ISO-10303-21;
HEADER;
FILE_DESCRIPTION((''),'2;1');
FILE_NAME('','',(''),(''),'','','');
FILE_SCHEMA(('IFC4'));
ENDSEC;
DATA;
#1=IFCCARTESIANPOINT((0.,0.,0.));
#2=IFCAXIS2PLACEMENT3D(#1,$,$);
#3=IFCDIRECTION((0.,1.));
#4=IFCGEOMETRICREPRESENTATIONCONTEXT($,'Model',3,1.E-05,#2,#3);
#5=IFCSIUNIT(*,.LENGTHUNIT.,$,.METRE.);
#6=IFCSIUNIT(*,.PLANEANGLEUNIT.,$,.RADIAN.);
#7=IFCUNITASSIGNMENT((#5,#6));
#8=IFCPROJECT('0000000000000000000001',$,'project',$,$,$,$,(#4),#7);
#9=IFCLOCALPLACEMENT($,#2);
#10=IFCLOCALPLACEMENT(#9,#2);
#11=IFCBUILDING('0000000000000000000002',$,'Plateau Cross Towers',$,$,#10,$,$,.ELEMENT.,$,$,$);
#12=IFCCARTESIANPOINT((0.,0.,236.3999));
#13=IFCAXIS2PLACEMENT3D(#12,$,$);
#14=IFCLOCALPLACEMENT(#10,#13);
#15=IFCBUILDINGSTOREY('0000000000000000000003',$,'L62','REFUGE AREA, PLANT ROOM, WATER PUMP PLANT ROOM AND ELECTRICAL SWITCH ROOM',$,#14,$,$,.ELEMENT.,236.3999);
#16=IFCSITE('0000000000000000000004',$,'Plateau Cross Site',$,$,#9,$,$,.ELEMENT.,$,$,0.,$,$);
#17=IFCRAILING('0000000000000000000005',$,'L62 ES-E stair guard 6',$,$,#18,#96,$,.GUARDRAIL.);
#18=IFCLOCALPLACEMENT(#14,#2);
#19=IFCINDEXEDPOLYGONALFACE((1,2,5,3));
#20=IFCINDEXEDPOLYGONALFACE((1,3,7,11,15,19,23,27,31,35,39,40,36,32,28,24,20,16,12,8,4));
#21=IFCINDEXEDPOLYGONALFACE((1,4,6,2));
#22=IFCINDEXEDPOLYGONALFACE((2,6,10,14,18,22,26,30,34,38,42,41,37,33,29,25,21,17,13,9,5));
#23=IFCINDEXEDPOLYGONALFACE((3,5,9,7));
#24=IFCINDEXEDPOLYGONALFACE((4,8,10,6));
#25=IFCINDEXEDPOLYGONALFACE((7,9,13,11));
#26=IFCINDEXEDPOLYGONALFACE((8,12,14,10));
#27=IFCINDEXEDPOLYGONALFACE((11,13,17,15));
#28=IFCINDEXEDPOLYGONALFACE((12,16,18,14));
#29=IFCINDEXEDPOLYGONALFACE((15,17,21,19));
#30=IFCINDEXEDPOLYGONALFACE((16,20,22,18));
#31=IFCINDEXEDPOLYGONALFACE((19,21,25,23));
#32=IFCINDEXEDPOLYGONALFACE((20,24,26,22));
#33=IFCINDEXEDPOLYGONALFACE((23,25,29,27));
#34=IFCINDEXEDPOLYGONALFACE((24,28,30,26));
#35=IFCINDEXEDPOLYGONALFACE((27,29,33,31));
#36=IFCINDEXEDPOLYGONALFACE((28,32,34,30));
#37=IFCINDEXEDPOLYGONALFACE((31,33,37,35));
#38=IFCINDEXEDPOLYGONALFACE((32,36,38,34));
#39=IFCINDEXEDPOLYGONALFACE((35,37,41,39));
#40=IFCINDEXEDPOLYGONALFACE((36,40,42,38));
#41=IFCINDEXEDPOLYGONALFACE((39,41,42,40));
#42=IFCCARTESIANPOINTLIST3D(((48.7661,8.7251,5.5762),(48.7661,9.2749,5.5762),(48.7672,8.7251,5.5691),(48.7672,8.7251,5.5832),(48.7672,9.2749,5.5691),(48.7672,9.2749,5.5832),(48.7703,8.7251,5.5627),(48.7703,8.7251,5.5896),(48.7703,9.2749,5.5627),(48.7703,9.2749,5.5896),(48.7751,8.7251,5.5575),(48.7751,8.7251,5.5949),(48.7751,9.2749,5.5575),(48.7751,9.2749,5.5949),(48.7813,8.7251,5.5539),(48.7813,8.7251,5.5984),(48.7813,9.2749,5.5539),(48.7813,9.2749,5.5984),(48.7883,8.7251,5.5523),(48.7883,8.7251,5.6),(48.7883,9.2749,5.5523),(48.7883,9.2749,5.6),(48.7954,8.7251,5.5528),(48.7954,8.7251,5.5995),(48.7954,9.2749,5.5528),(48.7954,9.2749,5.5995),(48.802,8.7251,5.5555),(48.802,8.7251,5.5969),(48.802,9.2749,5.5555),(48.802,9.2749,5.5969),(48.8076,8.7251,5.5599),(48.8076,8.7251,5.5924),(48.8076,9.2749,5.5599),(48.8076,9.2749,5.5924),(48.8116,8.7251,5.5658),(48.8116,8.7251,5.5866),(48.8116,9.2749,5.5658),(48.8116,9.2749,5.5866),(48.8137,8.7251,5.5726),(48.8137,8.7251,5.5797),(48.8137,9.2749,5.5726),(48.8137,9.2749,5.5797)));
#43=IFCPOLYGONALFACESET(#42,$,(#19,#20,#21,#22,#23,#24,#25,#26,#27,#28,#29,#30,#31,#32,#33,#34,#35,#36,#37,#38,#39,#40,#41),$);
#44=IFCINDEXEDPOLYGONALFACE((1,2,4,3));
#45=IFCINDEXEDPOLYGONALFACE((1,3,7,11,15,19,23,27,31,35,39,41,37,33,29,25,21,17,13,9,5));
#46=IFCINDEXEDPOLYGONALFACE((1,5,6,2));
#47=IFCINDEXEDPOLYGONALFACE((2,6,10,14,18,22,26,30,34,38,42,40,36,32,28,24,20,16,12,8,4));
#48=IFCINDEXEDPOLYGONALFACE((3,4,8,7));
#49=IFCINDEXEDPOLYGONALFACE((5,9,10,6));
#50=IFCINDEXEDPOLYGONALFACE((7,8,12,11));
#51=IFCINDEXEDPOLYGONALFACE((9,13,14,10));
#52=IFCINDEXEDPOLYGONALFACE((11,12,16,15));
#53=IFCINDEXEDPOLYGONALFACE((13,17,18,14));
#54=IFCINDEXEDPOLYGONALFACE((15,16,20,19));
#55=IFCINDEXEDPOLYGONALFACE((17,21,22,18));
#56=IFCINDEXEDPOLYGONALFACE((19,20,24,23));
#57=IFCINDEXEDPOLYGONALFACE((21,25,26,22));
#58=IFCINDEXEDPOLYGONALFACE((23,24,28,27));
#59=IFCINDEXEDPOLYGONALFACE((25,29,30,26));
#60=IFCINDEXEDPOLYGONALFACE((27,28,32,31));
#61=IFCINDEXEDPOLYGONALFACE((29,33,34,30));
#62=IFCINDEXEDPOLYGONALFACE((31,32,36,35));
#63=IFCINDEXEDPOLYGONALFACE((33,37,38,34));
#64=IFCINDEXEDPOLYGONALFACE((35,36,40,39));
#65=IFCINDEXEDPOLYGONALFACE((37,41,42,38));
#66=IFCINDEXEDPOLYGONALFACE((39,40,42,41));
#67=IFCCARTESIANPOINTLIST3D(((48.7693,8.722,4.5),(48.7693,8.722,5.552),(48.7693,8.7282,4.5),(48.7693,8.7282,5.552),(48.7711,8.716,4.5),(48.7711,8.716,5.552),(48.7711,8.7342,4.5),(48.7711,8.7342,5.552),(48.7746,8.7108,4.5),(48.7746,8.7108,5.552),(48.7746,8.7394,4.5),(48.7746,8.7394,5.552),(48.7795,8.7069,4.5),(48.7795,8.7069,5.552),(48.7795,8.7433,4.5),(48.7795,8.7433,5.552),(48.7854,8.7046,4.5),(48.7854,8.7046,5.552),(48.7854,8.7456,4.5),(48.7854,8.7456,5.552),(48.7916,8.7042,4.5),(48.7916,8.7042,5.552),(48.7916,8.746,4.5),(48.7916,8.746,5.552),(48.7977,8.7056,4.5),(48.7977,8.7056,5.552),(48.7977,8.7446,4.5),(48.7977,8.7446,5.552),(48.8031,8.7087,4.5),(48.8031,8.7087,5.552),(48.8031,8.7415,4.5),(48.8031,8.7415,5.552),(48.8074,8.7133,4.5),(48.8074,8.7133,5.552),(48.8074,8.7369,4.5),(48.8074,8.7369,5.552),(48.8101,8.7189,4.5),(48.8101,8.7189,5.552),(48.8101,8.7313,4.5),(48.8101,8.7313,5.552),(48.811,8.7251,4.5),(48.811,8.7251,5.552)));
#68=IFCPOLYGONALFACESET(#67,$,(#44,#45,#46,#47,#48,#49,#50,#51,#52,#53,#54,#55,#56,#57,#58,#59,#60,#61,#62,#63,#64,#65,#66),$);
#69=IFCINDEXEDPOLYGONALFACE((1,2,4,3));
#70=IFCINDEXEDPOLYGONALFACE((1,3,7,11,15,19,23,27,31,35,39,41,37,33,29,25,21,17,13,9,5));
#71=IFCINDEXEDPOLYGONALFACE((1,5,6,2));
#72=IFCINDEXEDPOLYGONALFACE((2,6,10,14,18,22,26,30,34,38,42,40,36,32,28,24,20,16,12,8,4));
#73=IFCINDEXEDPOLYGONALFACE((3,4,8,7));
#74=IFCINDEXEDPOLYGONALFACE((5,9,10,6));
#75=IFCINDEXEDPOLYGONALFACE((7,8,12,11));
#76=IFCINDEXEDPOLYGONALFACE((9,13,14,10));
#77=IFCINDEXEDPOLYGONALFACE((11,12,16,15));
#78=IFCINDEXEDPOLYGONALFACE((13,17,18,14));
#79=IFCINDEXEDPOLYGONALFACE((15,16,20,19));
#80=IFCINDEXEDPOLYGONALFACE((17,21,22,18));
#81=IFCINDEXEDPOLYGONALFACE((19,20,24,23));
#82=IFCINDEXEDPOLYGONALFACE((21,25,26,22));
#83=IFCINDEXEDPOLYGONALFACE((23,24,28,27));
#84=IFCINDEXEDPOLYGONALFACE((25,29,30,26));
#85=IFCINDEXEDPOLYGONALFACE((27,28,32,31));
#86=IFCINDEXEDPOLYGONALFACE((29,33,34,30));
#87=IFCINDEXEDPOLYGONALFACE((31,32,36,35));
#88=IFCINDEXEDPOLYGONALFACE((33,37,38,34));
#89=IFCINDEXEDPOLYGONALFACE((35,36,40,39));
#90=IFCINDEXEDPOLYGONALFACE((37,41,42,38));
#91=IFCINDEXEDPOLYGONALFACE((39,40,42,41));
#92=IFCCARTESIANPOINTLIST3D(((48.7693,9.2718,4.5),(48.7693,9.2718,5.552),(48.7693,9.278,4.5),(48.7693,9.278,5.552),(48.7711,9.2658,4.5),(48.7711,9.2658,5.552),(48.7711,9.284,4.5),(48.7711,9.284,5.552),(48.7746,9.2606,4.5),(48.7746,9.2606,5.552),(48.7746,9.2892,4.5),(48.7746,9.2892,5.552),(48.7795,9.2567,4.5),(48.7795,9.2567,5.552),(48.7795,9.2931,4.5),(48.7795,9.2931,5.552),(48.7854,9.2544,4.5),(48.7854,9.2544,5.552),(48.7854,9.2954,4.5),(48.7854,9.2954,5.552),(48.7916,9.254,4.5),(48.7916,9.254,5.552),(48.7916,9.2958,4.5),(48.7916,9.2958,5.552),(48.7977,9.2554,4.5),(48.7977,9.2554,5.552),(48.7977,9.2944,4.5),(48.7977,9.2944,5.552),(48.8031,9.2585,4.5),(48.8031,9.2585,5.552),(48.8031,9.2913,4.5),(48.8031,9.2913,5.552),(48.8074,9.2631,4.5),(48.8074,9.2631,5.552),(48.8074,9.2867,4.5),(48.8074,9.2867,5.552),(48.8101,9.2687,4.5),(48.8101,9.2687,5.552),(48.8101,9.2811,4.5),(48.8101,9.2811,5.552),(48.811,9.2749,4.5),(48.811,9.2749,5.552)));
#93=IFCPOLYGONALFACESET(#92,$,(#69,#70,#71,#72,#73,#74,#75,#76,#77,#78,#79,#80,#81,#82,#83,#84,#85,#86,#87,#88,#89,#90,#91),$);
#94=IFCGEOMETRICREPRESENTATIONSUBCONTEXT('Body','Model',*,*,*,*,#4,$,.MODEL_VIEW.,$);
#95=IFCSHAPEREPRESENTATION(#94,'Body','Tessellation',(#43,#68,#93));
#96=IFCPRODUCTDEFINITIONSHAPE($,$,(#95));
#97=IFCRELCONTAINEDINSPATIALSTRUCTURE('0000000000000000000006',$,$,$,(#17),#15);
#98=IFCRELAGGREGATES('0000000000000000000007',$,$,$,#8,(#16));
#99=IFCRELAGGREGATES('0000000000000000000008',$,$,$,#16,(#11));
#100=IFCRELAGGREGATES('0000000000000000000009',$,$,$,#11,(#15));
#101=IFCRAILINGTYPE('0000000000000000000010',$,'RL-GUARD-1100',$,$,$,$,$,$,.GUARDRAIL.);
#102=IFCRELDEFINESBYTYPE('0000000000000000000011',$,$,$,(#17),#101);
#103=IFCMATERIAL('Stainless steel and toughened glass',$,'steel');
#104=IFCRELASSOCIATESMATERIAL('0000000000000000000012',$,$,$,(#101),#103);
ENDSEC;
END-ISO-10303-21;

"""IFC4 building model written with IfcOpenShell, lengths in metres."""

from ifc_helpers import new_model, si_unit, direction, frame, origin, origin_2d, place, context, subcontext, project, spatial, circle, extrude, material, type_object, element, save


model = new_model("IFC4")

# Units and contexts
model_context = context("Model", 3, precision=1e-05, world=origin(), true_north=direction((0.0, 1.0)))
body_context = subcontext(model_context, "Body", "Model", "MODEL_VIEW")
ifc_project = project(units=[si_unit("LENGTHUNIT", "METRE"), si_unit("PLANEANGLEUNIT", "RADIAN")], contexts=[model_context])

# Site, building, storey
site_placement = place(None, origin())
site = spatial("IfcSite", under=ifc_project, at=site_placement, Name="Plateau Cross Site", CompositionType="ELEMENT", RefElevation=0.0)
building_placement = place(site_placement, origin())
building = spatial("IfcBuilding", under=site, at=building_placement, Name="Plateau Cross Towers", CompositionType="ELEMENT")
storey_placement = place(building_placement, frame((0.0, 0.0, 236.3999)))
storey = spatial("IfcBuildingStorey", under=building, at=storey_placement, Name="L62", Description="REFUGE AREA, PLANT ROOM, WATER PUMP PLANT ROOM AND ELECTRICAL SWITCH ROOM", CompositionType="ELEMENT", Elevation=236.3999)

# Railing
ifc_material_1 = material(Name="Stainless steel and toughened glass", Category="steel")
railing_type_1 = type_object("IfcRailingType", Name="RL-GUARD-1100", PredefinedType="GUARDRAIL", material=ifc_material_1)
railing_1_placement = place(storey_placement, frame((48.79, 8.7251, 4.5)))
element("IfcRailing", 1, at=railing_1_placement, inside=storey, type_object=railing_type_1, Name="L62 ES-E stair guard 6", PredefinedType="GUARDRAIL", context=body_context, shape_type="SweptSolid", body=[
    extrude(circle(Radius=0.0239, at=origin_2d()), frame((0.0, 0.0, 1.0762), z_axis=(0.0, 1.0, 0.0), x_axis=(-1.0, 0.0, 0.0)), (0.0, 0.0, 1.0), 0.5498),
    extrude(circle(Radius=0.021, at=origin_2d()), origin(), (0.0, 0.0, 1.0), 1.052),
    extrude(circle(Radius=0.021, at=origin_2d()), frame((0.0, 0.5498, 0.0)), (0.0, 0.0, 1.0), 1.052),
])

save(model, "model.ifc")
